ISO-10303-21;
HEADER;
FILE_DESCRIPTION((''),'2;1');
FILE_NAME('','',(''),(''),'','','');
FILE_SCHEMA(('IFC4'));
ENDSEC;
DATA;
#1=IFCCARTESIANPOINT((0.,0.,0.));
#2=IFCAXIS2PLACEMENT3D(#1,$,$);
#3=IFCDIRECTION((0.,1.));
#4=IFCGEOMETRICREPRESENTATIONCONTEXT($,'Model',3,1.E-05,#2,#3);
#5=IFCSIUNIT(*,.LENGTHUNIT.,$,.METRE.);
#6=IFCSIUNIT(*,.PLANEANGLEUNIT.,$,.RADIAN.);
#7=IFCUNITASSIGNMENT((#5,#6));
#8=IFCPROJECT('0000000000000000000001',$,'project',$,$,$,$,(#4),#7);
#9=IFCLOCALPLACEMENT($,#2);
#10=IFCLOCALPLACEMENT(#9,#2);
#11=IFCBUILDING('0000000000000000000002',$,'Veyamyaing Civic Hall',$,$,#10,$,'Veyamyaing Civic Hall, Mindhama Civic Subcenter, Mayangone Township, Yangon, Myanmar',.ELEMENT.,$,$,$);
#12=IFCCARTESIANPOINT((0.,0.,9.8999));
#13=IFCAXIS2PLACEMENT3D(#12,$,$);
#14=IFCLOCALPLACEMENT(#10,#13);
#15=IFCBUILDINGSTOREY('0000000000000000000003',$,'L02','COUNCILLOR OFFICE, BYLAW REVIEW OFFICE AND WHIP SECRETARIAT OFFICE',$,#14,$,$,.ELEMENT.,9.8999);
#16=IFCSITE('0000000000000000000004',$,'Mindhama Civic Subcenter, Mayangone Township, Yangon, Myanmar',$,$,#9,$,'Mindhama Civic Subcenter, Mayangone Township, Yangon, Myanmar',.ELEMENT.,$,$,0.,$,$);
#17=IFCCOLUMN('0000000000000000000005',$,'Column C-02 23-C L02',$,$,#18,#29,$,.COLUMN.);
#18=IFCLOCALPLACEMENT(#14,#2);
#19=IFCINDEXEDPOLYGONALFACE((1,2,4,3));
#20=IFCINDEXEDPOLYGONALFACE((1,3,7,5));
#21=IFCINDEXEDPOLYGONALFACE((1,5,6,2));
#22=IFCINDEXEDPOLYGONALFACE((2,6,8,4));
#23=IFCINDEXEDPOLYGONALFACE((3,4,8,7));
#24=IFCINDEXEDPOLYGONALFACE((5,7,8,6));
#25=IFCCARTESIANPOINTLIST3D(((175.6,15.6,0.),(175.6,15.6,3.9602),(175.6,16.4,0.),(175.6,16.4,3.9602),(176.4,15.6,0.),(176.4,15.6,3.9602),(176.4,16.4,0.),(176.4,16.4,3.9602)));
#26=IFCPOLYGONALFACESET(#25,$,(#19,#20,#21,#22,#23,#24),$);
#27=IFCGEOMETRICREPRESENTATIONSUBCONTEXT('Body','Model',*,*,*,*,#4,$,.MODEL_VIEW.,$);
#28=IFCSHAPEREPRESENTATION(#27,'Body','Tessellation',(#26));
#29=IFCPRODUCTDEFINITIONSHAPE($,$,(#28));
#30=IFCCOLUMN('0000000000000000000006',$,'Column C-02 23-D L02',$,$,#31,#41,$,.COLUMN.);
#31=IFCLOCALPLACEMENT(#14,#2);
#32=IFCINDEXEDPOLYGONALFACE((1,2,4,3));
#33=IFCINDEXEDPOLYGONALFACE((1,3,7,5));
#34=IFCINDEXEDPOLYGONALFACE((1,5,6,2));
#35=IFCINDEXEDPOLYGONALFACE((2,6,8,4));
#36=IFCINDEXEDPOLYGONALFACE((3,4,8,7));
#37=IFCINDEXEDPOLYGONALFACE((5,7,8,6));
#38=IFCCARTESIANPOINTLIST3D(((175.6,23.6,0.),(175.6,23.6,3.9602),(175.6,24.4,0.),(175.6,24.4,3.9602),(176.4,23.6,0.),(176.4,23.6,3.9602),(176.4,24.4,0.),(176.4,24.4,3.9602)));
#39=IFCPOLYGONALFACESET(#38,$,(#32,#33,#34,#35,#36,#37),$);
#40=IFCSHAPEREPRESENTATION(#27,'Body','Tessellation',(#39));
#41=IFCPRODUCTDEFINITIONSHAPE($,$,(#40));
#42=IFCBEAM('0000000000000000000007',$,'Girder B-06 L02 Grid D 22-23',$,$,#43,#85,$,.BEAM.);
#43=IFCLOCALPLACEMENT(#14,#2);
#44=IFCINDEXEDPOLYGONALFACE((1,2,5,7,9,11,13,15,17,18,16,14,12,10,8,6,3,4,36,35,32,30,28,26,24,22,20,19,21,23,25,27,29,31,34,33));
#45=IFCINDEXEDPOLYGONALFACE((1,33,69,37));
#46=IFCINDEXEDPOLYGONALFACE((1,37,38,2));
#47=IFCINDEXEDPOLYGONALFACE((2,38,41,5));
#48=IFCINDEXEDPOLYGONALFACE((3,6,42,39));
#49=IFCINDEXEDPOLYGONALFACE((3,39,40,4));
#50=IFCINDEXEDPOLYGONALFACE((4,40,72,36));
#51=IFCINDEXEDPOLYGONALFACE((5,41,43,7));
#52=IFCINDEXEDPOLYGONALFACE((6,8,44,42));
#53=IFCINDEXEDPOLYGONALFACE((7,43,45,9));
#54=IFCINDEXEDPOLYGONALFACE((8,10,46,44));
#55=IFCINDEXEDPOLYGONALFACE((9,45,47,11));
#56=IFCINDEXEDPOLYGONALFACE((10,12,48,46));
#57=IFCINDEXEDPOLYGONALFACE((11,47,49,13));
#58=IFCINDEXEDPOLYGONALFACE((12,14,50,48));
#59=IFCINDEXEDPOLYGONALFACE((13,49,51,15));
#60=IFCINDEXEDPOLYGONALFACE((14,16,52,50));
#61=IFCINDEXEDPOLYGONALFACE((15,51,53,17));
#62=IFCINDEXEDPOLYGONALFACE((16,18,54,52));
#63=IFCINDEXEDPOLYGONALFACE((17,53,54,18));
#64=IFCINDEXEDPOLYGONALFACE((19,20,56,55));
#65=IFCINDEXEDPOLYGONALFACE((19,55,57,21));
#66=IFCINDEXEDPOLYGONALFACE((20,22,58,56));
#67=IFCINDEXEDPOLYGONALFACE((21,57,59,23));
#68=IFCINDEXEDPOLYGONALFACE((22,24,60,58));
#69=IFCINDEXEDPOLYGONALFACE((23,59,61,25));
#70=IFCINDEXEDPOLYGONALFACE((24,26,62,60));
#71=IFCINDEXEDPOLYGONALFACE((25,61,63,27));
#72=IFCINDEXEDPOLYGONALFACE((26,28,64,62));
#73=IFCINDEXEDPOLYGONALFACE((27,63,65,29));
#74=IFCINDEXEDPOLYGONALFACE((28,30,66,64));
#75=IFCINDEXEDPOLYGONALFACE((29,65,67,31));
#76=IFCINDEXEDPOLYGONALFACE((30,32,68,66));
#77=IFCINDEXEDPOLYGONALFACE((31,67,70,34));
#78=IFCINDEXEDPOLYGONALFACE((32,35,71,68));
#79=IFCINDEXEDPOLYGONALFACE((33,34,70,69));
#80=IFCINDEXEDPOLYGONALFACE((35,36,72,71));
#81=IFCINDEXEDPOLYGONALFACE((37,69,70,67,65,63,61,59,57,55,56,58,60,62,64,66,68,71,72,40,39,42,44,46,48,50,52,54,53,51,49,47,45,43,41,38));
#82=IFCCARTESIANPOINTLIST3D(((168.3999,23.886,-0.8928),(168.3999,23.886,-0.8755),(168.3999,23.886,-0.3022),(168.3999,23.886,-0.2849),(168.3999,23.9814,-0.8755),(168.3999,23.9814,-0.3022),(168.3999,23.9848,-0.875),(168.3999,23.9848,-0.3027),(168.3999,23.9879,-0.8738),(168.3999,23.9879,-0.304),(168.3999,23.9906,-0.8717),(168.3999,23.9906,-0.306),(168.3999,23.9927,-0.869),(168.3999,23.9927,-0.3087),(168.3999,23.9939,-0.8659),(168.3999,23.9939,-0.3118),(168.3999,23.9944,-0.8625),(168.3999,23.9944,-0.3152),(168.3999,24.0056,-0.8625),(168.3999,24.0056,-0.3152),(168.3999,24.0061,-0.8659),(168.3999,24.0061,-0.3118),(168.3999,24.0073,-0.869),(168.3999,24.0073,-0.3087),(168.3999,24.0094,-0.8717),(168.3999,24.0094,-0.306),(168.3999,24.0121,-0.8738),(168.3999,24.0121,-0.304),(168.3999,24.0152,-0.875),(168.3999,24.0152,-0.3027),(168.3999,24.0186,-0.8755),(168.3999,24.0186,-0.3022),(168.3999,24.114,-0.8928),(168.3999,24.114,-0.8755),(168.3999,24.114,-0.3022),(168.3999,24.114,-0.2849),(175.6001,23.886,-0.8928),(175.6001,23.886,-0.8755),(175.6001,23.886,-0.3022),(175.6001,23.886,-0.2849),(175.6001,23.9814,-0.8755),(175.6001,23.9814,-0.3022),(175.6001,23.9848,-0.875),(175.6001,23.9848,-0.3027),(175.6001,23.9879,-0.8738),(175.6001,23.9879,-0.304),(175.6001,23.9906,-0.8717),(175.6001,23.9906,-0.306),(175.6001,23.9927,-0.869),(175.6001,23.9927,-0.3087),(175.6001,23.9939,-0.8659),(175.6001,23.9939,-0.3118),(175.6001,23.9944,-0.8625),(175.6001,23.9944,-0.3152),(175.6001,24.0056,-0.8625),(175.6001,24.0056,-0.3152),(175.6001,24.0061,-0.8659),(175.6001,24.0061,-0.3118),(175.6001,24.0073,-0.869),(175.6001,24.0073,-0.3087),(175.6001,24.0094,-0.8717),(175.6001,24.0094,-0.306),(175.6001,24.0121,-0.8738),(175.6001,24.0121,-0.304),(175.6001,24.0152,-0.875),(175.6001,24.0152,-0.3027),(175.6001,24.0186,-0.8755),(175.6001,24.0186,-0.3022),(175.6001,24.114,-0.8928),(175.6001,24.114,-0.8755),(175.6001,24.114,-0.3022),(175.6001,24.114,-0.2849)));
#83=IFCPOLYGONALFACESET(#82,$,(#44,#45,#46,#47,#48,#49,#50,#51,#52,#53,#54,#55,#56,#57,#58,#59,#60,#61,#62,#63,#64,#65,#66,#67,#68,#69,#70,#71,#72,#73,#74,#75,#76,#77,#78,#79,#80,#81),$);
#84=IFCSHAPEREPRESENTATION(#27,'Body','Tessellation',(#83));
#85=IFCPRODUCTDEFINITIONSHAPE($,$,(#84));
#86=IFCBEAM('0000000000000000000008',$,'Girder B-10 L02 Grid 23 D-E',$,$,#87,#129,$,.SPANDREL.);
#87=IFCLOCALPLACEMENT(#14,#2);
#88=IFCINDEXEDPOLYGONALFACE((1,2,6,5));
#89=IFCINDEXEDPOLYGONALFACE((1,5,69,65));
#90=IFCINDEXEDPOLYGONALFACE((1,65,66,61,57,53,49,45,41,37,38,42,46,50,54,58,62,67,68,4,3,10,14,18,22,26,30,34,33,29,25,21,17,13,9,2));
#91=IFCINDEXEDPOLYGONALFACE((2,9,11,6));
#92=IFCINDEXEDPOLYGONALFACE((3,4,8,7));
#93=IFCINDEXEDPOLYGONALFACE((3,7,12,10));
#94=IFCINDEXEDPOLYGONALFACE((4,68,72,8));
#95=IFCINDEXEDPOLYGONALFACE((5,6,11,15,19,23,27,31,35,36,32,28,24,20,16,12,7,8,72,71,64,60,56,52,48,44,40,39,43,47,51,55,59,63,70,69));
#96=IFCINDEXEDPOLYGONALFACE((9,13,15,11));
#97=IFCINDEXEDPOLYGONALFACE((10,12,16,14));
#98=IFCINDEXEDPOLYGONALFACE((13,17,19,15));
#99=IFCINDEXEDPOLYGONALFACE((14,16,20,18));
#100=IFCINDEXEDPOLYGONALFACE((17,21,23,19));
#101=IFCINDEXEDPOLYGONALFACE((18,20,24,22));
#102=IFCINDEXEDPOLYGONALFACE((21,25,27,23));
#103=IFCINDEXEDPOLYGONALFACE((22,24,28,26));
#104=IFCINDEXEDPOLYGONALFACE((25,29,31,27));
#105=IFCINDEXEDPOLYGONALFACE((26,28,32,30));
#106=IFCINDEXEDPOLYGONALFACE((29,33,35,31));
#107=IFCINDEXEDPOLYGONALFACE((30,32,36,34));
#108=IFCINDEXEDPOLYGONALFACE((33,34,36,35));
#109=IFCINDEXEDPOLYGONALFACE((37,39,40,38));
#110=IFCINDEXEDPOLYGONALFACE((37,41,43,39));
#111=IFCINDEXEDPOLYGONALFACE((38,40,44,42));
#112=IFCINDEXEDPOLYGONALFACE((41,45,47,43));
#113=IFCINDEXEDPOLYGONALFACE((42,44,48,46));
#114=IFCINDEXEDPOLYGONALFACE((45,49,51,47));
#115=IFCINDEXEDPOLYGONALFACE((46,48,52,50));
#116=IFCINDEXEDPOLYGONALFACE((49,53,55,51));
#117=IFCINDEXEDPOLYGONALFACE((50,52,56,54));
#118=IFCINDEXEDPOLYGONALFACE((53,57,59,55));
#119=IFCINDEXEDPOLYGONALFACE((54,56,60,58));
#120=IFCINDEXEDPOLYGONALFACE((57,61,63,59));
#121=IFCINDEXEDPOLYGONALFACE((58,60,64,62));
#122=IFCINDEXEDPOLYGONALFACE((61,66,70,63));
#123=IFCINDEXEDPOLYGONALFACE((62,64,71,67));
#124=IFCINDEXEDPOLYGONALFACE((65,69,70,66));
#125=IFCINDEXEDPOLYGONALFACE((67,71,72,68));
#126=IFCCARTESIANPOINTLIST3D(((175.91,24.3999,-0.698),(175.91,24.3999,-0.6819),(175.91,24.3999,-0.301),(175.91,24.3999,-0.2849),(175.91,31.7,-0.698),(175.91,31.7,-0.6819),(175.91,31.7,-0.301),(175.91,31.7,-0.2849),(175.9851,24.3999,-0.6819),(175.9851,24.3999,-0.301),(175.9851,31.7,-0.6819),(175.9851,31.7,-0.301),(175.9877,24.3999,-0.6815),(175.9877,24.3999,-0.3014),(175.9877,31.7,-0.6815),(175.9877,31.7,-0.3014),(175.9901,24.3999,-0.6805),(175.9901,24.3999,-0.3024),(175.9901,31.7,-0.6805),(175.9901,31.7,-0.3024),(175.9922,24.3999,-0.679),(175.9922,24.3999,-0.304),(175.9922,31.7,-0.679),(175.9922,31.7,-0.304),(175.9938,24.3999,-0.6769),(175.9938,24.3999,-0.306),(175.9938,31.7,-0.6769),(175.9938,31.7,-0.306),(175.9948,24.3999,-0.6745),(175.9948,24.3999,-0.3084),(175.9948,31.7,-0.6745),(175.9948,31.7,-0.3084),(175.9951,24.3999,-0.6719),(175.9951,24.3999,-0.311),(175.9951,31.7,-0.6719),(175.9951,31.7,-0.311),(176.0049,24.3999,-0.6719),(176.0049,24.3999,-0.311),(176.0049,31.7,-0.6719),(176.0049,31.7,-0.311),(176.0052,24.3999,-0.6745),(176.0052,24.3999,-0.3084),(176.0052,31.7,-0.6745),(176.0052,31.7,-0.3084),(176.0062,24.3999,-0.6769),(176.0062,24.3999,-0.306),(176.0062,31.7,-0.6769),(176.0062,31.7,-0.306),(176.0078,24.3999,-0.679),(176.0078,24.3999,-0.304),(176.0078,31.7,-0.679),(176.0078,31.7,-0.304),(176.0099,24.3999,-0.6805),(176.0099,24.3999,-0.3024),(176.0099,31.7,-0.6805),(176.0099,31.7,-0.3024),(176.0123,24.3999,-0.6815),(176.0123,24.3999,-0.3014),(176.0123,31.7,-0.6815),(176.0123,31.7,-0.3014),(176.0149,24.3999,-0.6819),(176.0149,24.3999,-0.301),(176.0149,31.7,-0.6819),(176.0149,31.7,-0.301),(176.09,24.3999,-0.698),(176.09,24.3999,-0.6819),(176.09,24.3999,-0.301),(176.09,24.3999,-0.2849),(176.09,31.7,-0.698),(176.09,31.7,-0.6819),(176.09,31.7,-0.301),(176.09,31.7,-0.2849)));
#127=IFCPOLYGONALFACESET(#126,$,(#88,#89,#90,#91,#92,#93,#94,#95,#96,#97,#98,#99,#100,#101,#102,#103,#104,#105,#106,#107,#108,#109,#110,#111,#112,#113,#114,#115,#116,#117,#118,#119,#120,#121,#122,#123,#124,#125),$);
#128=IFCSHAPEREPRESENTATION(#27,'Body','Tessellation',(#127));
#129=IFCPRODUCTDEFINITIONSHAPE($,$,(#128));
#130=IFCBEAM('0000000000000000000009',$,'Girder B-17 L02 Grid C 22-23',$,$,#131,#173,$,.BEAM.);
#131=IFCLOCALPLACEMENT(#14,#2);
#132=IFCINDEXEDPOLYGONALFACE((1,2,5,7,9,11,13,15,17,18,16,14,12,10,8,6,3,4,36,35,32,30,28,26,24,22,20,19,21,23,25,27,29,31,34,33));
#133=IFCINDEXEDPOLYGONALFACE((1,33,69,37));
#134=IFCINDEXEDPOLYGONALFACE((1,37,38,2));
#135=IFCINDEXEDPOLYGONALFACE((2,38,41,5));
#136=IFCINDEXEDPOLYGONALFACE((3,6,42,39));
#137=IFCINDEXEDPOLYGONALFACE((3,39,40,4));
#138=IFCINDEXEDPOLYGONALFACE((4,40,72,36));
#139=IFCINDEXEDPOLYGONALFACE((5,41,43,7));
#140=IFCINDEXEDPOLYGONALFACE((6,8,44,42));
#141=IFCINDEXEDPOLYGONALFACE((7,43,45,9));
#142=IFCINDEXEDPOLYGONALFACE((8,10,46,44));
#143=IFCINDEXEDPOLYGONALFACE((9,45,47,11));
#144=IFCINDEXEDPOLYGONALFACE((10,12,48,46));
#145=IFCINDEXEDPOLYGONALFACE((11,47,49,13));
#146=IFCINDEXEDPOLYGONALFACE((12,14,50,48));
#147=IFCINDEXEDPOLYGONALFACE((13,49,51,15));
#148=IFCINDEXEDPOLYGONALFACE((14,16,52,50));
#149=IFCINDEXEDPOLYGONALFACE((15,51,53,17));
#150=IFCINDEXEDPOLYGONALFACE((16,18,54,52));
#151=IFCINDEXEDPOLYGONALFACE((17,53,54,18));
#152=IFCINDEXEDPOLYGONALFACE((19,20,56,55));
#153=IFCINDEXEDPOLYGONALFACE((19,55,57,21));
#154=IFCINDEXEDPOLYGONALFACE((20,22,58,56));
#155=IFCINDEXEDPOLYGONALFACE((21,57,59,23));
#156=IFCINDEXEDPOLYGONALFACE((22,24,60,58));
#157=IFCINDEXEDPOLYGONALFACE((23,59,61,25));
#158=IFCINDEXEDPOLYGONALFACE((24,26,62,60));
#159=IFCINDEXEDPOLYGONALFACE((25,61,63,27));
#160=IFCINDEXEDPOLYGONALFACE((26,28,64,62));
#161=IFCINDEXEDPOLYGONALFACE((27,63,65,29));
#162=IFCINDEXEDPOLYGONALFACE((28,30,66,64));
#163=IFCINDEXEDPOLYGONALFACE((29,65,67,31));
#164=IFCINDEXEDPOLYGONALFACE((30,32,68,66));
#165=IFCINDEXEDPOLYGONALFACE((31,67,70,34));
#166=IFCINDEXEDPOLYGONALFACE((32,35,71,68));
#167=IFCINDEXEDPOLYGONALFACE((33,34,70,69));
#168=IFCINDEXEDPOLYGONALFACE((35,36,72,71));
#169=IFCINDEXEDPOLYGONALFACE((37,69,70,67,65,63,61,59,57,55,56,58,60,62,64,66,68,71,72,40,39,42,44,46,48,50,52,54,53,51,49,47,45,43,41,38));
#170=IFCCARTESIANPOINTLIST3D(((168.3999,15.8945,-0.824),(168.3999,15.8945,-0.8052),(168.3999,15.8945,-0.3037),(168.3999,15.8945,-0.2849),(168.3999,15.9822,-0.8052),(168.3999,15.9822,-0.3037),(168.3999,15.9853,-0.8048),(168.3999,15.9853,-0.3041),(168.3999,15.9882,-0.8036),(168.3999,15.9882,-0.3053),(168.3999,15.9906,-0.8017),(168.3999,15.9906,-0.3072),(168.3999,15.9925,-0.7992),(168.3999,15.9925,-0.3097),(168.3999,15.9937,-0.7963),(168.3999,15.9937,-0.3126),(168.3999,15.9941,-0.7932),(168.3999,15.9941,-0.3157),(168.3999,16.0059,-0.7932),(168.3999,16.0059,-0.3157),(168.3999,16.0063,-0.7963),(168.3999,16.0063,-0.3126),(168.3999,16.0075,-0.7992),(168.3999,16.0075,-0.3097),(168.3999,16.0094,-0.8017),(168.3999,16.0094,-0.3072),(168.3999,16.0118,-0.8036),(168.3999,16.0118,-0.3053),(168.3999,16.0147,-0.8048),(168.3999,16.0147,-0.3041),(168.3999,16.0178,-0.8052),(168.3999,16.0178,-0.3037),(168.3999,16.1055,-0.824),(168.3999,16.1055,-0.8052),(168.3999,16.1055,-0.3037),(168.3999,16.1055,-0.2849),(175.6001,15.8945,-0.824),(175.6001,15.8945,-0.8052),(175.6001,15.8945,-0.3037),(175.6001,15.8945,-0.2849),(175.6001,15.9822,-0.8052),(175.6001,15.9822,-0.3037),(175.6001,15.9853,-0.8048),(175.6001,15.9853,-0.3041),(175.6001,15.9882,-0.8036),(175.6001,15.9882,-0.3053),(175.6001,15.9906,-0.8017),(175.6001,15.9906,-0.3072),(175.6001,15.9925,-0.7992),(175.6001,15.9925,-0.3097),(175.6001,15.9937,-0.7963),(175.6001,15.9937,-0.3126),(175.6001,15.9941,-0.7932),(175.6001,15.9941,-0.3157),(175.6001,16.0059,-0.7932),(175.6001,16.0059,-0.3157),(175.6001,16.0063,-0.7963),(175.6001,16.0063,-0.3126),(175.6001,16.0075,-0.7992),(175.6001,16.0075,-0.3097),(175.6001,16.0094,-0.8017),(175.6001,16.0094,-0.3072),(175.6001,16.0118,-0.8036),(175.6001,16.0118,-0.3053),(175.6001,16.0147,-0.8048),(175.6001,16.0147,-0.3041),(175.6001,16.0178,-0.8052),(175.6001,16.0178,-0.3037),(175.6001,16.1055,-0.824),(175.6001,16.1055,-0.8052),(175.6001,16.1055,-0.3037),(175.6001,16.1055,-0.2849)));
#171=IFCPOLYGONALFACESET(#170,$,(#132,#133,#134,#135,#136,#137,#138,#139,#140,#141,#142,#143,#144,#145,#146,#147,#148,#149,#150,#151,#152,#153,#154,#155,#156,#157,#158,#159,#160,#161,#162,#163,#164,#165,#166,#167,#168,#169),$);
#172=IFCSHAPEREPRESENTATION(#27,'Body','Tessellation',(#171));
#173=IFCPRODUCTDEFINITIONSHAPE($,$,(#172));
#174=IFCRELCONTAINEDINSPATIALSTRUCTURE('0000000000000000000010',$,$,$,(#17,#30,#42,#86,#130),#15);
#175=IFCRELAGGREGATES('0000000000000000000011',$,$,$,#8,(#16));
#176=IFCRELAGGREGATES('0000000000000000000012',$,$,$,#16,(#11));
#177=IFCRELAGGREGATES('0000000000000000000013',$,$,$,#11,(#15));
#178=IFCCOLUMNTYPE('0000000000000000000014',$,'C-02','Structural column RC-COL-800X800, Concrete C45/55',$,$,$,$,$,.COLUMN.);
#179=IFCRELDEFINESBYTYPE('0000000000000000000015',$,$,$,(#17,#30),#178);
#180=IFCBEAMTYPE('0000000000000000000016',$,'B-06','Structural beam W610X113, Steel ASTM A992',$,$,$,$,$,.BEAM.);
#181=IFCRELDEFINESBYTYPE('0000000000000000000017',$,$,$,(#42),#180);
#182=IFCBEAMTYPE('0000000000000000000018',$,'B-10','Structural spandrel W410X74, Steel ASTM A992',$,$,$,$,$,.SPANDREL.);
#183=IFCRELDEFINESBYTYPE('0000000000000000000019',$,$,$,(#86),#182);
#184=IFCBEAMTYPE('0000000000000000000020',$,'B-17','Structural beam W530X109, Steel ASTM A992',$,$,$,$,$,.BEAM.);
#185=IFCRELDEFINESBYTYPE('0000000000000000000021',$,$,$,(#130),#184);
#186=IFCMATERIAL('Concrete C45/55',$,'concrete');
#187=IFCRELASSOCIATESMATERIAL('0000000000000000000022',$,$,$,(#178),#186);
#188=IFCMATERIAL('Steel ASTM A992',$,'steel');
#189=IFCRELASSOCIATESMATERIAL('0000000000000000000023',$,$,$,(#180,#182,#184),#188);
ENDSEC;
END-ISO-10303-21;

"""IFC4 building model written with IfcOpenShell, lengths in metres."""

from ifc_helpers import new_model, si_unit, direction, frame, origin, origin_2d, place, context, subcontext, project, spatial, rectangle, i_section, extrude, material, material_profile, profile_set, type_object, element, save


model = new_model("IFC4")

# Units and contexts
model_context = context("Model", 3, precision=1e-05, world=origin(), true_north=direction((0.0, 1.0)))
body_context = subcontext(model_context, "Body", "Model", "MODEL_VIEW")
ifc_project = project(units=[si_unit("LENGTHUNIT", "METRE"), si_unit("PLANEANGLEUNIT", "RADIAN")], contexts=[model_context])

# Site, building, storey
site_placement = place(None, origin())
site = spatial("IfcSite", under=ifc_project, at=site_placement, Name="Mindhama Civic Subcenter, Mayangone Township, Yangon, Myanmar", LongName="Mindhama Civic Subcenter, Mayangone Township, Yangon, Myanmar", CompositionType="ELEMENT", RefElevation=0.0)
building_placement = place(site_placement, origin())
building = spatial("IfcBuilding", under=site, at=building_placement, Name="Veyamyaing Civic Hall", LongName="Veyamyaing Civic Hall, Mindhama Civic Subcenter, Mayangone Township, Yangon, Myanmar", CompositionType="ELEMENT")
storey_placement = place(building_placement, frame((0.0, 0.0, 9.8999)))
storey = spatial("IfcBuildingStorey", under=building, at=storey_placement, Name="L02", Description="COUNCILLOR OFFICE, BYLAW REVIEW OFFICE AND WHIP SECRETARIAT OFFICE", CompositionType="ELEMENT", Elevation=9.8999)

# Columns
ifc_material_1 = material(Name="Concrete C45/55", Category="concrete")
ifc_material_profile_1 = material_profile(ifc_material_1, rectangle(XDim=0.8, YDim=0.8, at=origin_2d()), Name="RC-COL-800X800")
ifc_profile_set_1 = profile_set([ifc_material_profile_1], Name="Concrete C45/55")
column_type = type_object("IfcColumnType", Name="C-02", Description="Structural column RC-COL-800X800, Concrete C45/55", PredefinedType="COLUMN", material=ifc_profile_set_1)
for number, where, z_axis, x_axis, name in (
    (1, (176.0, 16.0, 0.0), (0.0, 0.0, 1.0), (1.0, 0.0, 0.0), "Column C-02 23-C L02"),
    (2, (176.0, 24.0, 0.0), (0.0, 0.0, 1.0), (1.0, 0.0, 0.0), "Column C-02 23-D L02"),
):
    element("IfcColumn", number, at=place(storey_placement, frame(where, z_axis=z_axis, x_axis=x_axis)), inside=storey, type_object=column_type, Name=name, PredefinedType="COLUMN", context=body_context, shape_type="SweptSolid", body=[
        extrude(rectangle(XDim=0.8, YDim=0.8, at=origin_2d()), origin(), (0.0, 0.0, 1.0), 3.9602),
    ])

# Beams
ifc_material_2 = material(Name="Steel ASTM A992", Category="steel")
ifc_material_profile_2 = material_profile(ifc_material_2, i_section(OverallWidth=0.228, OverallDepth=0.6079, WebThickness=0.0112, FlangeThickness=0.0173, FilletRadius=0.0129, at=origin_2d()), Name="W610X113")
ifc_profile_set_2 = profile_set([ifc_material_profile_2], Name="Steel ASTM A992")
beam_type_1 = type_object("IfcBeamType", Name="B-06", Description="Structural beam W610X113, Steel ASTM A992", PredefinedType="BEAM", material=ifc_profile_set_2)
beam_1_placement = place(storey_placement, frame((168.3999, 24.0, -0.5889), z_axis=(1.0, 0.0, 0.0), x_axis=(0.0, 1.0, 0.0)))
element("IfcBeam", 3, at=beam_1_placement, inside=storey, type_object=beam_type_1, Name="Girder B-06 L02 Grid D 22-23", PredefinedType="BEAM", context=body_context, shape_type="SweptSolid", body=[
    extrude(i_section(OverallWidth=0.228, OverallDepth=0.6079, WebThickness=0.0112, FlangeThickness=0.0173, FilletRadius=0.0129, at=origin_2d()), origin(), (0.0, 0.0, 1.0), 7.2002),
])
ifc_material_profile_3 = material_profile(ifc_material_2, i_section(OverallWidth=0.1799, OverallDepth=0.4131, WebThickness=0.0098, FlangeThickness=0.0161, FilletRadius=0.01, at=origin_2d()), Name="W410X74")
ifc_profile_set_3 = profile_set([ifc_material_profile_3], Name="Steel ASTM A992")
beam_type_2 = type_object("IfcBeamType", Name="B-10", Description="Structural spandrel W410X74, Steel ASTM A992", PredefinedType="SPANDREL", material=ifc_profile_set_3)
beam_2_placement = place(storey_placement, frame((176.0, 24.3999, -0.4915), z_axis=(0.0, 1.0, 0.0), x_axis=(-1.0, 0.0, 0.0)))
element("IfcBeam", 4, at=beam_2_placement, inside=storey, type_object=beam_type_2, Name="Girder B-10 L02 Grid 23 D-E", PredefinedType="SPANDREL", context=body_context, shape_type="SweptSolid", body=[
    extrude(i_section(OverallWidth=0.1799, OverallDepth=0.4131, WebThickness=0.0098, FlangeThickness=0.0161, FilletRadius=0.01, at=origin_2d()), origin(), (0.0, 0.0, 1.0), 7.3),
])
ifc_material_profile_4 = material_profile(ifc_material_2, i_section(OverallWidth=0.2109, OverallDepth=0.5391, WebThickness=0.0117, FlangeThickness=0.0188, FilletRadius=0.012, at=origin_2d()), Name="W530X109")
ifc_profile_set_4 = profile_set([ifc_material_profile_4], Name="Steel ASTM A992")
beam_type_3 = type_object("IfcBeamType", Name="B-17", Description="Structural beam W530X109, Steel ASTM A992", PredefinedType="BEAM", material=ifc_profile_set_4)
beam_3_placement = place(storey_placement, frame((168.3999, 16.0, -0.5544), z_axis=(1.0, 0.0, 0.0), x_axis=(0.0, 1.0, 0.0)))
element("IfcBeam", 5, at=beam_3_placement, inside=storey, type_object=beam_type_3, Name="Girder B-17 L02 Grid C 22-23", PredefinedType="BEAM", context=body_context, shape_type="SweptSolid", body=[
    extrude(i_section(OverallWidth=0.2109, OverallDepth=0.5391, WebThickness=0.0117, FlangeThickness=0.0188, FilletRadius=0.012, at=origin_2d()), origin(), (0.0, 0.0, 1.0), 7.2002),
])

save(model, "model.ifc")
